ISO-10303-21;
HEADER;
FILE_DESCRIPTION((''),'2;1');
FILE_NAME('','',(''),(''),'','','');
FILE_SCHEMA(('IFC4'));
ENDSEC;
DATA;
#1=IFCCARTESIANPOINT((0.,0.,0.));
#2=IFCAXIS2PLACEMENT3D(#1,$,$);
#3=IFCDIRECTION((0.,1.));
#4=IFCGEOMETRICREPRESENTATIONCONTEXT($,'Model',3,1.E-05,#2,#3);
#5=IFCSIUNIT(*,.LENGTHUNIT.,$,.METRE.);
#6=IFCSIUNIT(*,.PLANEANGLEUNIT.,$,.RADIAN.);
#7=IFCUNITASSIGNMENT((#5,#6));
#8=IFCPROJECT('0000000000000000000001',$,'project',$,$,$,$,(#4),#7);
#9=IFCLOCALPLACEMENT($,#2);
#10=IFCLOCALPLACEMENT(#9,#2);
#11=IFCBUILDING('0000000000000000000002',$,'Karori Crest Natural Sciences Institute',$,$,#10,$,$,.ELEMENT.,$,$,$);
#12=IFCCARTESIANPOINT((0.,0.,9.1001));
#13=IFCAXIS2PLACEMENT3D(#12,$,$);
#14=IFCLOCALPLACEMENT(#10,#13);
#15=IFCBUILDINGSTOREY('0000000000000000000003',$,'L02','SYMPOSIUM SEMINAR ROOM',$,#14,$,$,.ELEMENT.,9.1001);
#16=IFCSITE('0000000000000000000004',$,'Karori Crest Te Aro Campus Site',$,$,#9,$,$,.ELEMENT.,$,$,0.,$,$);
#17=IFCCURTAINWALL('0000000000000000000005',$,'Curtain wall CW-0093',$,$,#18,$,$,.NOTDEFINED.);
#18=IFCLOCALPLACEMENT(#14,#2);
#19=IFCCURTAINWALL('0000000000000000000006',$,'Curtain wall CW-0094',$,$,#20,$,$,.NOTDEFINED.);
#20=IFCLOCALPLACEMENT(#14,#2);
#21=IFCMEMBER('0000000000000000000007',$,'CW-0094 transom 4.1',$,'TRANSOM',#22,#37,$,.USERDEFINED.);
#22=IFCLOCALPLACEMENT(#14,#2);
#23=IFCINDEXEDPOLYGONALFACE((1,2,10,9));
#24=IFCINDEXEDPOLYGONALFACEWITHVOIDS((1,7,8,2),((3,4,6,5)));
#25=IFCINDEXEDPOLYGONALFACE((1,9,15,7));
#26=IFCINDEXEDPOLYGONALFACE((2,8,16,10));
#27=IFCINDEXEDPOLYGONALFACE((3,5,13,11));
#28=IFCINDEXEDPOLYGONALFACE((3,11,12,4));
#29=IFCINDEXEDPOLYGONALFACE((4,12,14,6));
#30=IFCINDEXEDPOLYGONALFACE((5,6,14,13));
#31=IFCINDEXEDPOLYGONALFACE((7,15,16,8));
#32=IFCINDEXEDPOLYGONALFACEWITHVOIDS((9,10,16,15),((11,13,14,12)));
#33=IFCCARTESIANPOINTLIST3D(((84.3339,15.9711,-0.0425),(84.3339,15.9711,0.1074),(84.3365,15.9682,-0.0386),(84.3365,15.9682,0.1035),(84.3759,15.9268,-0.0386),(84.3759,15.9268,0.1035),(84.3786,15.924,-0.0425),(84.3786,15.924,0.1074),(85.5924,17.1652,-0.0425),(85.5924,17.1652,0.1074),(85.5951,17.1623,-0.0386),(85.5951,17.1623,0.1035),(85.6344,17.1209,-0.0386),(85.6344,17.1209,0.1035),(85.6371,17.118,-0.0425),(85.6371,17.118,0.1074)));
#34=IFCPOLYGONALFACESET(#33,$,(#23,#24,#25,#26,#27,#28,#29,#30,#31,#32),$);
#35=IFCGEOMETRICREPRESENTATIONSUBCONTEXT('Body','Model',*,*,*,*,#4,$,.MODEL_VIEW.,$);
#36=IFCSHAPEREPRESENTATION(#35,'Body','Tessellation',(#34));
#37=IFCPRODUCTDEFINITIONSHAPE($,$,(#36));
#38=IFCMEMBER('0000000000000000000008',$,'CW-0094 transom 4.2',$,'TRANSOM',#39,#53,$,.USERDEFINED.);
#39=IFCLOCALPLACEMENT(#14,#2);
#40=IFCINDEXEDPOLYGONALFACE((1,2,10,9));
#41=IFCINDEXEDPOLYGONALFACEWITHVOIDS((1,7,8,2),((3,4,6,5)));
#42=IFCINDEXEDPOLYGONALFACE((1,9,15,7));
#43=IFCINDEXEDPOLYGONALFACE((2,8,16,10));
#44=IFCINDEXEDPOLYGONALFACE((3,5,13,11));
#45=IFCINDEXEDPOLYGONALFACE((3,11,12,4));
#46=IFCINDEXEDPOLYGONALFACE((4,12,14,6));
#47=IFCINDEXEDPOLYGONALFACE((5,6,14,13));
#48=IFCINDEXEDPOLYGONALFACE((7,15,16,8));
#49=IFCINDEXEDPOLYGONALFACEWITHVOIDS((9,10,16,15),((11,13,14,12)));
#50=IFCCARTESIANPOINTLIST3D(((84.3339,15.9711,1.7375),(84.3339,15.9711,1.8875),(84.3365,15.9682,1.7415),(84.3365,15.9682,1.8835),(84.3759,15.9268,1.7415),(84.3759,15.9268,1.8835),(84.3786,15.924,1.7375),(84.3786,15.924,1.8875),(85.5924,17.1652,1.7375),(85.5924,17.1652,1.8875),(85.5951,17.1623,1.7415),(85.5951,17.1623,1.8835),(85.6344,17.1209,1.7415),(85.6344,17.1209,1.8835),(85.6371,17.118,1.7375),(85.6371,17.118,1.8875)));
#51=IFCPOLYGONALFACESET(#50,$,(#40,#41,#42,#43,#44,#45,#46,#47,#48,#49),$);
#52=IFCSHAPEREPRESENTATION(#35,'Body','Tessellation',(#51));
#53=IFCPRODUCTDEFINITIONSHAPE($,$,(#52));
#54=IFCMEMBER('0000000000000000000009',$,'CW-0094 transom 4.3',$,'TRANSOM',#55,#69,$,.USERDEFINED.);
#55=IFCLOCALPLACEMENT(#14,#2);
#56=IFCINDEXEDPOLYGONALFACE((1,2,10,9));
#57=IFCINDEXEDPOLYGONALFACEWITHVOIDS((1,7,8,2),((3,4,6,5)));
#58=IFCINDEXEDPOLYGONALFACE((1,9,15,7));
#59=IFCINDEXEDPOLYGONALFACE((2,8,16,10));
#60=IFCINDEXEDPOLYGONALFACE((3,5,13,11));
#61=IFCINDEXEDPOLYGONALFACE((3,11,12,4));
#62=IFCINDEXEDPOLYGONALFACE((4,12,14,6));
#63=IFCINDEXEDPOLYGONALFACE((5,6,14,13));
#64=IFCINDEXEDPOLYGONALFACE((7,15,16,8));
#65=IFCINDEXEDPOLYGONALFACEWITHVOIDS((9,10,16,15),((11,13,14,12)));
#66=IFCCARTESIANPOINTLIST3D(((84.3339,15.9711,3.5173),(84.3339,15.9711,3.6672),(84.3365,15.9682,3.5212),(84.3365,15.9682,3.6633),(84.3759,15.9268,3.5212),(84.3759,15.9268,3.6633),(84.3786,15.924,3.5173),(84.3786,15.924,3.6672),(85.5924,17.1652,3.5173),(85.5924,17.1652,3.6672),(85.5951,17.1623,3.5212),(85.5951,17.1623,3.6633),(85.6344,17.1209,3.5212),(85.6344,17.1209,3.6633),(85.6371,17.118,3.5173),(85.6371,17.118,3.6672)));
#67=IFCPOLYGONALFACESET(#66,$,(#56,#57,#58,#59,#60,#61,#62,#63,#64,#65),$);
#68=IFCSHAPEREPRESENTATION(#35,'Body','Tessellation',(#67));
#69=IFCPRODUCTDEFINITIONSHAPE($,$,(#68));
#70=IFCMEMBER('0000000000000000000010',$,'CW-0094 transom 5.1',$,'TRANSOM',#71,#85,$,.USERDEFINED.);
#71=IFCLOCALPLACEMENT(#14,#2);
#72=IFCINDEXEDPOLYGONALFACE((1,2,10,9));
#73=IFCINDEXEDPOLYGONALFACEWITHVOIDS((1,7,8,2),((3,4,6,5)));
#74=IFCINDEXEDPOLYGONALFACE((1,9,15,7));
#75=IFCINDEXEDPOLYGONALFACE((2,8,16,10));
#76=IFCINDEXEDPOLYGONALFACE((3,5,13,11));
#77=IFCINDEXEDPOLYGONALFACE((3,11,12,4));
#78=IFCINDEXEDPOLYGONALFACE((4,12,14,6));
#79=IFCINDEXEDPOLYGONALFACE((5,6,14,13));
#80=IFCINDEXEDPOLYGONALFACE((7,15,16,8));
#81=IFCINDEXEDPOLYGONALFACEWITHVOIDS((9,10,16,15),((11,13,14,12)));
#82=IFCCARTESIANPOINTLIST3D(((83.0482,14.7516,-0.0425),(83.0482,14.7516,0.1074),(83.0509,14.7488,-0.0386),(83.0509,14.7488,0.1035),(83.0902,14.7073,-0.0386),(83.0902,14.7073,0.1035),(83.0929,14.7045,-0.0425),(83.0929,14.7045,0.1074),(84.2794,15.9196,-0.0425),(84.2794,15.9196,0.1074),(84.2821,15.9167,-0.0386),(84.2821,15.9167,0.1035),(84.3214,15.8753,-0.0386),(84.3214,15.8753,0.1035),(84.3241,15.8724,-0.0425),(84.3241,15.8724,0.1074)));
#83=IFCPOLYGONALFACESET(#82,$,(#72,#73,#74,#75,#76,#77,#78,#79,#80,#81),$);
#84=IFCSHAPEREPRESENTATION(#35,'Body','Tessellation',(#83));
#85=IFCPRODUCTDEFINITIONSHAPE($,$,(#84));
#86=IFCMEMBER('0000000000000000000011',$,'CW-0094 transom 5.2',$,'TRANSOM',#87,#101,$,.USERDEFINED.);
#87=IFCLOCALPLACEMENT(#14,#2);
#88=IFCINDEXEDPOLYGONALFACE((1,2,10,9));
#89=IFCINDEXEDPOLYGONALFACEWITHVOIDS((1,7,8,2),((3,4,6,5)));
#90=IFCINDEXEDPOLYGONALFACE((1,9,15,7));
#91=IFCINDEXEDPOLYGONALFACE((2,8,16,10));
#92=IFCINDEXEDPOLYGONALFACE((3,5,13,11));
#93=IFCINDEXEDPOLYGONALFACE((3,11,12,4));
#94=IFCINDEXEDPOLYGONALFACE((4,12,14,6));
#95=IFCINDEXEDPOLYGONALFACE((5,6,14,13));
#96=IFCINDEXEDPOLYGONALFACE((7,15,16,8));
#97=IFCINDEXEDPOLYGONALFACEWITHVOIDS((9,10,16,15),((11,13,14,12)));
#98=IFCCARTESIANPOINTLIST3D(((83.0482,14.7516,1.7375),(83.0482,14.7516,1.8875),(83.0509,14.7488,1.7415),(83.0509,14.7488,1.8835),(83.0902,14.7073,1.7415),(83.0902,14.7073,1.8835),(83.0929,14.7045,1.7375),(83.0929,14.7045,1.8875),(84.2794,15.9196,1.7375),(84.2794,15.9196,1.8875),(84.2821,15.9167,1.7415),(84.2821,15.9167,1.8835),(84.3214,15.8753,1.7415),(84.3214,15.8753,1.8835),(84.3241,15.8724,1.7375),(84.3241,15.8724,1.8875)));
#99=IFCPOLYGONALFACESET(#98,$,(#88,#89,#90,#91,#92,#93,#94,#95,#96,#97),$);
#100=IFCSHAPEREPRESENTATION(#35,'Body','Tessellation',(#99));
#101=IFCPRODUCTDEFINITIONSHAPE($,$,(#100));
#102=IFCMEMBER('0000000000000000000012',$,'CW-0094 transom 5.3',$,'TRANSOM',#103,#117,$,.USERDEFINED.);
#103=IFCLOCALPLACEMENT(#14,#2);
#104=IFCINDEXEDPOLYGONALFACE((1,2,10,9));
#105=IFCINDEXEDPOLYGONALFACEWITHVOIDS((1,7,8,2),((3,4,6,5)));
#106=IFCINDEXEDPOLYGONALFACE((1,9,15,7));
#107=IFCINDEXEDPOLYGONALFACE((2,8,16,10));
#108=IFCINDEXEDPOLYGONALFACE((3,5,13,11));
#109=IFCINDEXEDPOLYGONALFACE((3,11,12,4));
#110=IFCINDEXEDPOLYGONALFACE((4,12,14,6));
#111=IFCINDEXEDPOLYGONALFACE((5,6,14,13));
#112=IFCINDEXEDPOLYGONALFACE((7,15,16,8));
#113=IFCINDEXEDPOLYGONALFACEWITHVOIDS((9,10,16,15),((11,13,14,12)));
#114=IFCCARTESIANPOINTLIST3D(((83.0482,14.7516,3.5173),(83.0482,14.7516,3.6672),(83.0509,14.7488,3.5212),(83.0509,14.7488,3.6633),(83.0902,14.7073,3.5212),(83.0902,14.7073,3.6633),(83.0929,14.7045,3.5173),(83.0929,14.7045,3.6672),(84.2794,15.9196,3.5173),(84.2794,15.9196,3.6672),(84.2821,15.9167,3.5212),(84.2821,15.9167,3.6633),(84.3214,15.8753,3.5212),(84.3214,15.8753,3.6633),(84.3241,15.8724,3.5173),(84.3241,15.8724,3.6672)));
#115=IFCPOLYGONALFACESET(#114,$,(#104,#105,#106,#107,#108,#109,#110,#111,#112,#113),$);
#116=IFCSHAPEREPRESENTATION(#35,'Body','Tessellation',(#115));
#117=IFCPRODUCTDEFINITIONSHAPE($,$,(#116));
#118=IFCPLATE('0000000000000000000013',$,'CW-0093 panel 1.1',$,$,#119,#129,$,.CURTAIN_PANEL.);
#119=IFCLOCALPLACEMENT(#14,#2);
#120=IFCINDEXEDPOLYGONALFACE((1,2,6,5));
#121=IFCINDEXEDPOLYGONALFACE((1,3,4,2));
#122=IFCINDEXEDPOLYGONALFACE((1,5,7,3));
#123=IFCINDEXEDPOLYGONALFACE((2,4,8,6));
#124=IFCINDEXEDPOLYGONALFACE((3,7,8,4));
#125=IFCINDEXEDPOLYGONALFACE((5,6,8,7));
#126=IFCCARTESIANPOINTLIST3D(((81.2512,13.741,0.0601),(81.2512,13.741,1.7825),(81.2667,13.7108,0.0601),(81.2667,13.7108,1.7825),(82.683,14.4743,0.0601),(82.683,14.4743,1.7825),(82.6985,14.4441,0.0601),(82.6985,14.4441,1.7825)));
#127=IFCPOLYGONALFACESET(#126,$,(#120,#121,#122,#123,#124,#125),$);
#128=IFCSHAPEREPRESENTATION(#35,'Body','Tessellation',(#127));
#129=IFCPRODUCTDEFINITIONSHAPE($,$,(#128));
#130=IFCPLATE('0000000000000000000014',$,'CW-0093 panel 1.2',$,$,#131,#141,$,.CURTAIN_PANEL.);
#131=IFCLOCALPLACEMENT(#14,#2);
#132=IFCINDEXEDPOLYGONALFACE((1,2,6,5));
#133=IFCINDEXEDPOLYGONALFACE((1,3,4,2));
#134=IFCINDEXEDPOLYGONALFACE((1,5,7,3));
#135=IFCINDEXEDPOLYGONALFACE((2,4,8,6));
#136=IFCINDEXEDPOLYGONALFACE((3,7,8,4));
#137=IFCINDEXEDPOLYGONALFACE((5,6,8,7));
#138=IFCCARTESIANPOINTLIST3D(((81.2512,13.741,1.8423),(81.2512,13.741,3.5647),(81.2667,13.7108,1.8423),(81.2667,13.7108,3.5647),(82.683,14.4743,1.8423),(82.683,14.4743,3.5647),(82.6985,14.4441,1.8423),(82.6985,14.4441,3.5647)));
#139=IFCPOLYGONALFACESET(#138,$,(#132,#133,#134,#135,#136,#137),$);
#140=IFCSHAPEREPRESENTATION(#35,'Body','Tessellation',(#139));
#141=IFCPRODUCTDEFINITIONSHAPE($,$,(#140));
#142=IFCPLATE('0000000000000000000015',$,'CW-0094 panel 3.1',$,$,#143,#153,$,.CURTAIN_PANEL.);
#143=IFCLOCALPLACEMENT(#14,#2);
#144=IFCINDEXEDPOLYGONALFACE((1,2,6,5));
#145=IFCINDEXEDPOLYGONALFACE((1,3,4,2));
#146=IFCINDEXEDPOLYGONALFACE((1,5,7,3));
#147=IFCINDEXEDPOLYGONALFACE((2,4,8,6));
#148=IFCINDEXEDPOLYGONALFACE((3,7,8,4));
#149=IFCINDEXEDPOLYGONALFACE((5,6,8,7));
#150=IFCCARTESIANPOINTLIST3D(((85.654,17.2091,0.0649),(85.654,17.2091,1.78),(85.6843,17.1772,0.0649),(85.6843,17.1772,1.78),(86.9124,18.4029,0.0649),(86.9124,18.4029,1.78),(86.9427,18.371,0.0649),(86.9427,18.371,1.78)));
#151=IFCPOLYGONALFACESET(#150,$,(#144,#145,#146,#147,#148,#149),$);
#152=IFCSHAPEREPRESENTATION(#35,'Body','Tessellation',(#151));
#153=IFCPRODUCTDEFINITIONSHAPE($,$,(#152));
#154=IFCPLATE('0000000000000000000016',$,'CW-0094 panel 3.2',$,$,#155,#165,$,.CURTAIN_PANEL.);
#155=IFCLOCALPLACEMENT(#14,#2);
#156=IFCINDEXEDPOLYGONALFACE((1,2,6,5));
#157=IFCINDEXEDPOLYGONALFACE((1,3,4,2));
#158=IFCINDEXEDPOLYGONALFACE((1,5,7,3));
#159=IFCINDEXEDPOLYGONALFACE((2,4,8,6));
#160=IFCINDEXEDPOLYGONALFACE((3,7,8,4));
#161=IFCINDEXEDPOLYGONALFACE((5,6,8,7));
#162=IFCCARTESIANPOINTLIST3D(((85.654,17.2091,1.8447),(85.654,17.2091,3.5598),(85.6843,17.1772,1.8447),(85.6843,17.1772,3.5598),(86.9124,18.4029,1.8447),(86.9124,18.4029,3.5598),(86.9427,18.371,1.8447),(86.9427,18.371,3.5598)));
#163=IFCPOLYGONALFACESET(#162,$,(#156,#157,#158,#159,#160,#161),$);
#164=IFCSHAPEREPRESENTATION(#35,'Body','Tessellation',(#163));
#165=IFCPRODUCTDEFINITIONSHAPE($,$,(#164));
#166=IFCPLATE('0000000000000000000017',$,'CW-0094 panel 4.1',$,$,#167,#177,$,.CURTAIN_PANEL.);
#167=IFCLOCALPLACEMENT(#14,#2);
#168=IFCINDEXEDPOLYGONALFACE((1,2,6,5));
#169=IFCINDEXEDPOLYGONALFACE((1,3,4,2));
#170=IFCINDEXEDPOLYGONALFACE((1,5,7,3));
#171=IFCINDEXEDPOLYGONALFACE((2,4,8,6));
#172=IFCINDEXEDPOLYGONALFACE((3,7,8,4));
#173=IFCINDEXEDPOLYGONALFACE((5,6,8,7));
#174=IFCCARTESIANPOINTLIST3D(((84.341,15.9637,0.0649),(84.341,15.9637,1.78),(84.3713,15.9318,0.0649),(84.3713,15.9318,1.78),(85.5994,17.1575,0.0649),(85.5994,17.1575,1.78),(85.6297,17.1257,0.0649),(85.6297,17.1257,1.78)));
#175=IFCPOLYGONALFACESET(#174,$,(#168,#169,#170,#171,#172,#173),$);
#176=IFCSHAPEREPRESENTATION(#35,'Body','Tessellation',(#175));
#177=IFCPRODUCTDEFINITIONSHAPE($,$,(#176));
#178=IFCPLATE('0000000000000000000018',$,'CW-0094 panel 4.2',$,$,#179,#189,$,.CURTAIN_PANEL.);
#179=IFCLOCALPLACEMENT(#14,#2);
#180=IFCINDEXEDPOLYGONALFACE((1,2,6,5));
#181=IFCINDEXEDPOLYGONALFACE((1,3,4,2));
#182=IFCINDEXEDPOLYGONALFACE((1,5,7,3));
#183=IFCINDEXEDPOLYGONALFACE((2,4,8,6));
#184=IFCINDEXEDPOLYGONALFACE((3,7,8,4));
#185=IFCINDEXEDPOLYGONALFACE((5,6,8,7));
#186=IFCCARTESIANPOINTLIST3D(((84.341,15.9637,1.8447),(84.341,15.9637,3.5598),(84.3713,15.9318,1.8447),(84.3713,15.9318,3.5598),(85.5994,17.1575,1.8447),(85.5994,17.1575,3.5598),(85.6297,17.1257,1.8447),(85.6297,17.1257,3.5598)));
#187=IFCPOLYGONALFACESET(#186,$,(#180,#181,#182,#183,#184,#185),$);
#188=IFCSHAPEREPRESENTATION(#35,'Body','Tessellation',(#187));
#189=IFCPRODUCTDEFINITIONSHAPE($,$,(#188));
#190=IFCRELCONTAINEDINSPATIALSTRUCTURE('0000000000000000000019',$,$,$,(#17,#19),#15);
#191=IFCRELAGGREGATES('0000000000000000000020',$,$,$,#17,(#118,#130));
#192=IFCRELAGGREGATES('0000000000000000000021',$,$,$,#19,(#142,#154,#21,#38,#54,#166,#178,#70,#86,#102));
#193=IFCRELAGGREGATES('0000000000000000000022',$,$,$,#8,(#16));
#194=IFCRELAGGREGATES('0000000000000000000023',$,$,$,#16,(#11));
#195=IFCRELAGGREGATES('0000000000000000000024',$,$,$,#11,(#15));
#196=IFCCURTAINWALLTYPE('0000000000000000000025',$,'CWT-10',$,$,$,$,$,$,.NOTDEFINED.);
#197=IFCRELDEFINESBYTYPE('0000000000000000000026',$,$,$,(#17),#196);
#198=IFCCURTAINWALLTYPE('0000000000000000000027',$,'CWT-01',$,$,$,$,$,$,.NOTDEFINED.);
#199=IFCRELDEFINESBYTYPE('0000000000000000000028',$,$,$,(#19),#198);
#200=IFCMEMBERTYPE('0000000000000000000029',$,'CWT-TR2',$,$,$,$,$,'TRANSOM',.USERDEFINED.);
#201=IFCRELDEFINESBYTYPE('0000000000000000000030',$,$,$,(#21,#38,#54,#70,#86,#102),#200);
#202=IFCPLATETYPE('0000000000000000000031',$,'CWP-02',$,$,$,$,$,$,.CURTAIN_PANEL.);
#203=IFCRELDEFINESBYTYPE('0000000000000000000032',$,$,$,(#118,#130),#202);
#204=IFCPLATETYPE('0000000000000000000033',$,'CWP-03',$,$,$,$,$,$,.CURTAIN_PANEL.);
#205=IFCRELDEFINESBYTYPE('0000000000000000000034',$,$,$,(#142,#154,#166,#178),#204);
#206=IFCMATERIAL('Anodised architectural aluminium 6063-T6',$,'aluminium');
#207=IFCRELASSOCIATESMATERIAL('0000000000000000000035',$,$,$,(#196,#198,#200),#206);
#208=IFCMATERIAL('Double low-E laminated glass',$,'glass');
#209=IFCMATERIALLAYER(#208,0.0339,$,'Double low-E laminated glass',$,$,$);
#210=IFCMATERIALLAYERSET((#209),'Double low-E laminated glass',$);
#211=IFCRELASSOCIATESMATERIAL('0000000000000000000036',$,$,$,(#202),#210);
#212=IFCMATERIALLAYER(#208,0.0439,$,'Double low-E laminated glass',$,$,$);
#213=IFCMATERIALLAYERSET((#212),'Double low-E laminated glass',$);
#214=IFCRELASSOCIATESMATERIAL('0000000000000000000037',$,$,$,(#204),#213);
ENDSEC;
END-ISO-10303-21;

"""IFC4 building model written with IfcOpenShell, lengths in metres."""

from ifc_helpers import new_model, si_unit, direction, frame, origin, origin_2d, place, context, subcontext, project, spatial, rectangle, hollow_rectangle, extrude, material, layer, layer_set, material_profile, profile_set, type_object, element, aggregate, save


model = new_model("IFC4")

# Units and contexts
model_context = context("Model", 3, precision=1e-05, world=origin(), true_north=direction((0.0, 1.0)))
body_context = subcontext(model_context, "Body", "Model", "MODEL_VIEW")
ifc_project = project(units=[si_unit("LENGTHUNIT", "METRE"), si_unit("PLANEANGLEUNIT", "RADIAN")], contexts=[model_context])

# Site, building, storey
site_placement = place(None, origin())
site = spatial("IfcSite", under=ifc_project, at=site_placement, Name="Karori Crest Te Aro Campus Site", CompositionType="ELEMENT", RefElevation=0.0)
building_placement = place(site_placement, origin())
building = spatial("IfcBuilding", under=site, at=building_placement, Name="Karori Crest Natural Sciences Institute", CompositionType="ELEMENT")
storey_placement = place(building_placement, frame((0.0, 0.0, 9.1001)))
storey = spatial("IfcBuildingStorey", under=building, at=storey_placement, Name="L02", Description="SYMPOSIUM SEMINAR ROOM", CompositionType="ELEMENT", Elevation=9.1001)

# Curtain walls
ifc_material_1 = material(Name="Anodised architectural aluminium 6063-T6", Category="aluminium")
curtain_wall_type_1 = type_object("IfcCurtainWallType", Name="CWT-10", PredefinedType="NOTDEFINED", material=ifc_material_1)
curtain_wall_1_placement = place(storey_placement, origin())
curtain_wall_1 = element("IfcCurtainWall", 1, at=curtain_wall_1_placement, inside=storey, type_object=curtain_wall_type_1, Name="Curtain wall CW-0093", PredefinedType="NOTDEFINED")
curtain_wall_type_2 = type_object("IfcCurtainWallType", Name="CWT-01", PredefinedType="NOTDEFINED", material=ifc_material_1)
curtain_wall_2_placement = place(storey_placement, origin())
curtain_wall_2 = element("IfcCurtainWall", 2, at=curtain_wall_2_placement, inside=storey, type_object=curtain_wall_type_2, Name="Curtain wall CW-0094", PredefinedType="NOTDEFINED")

# Members
ifc_material_profile_1 = material_profile(ifc_material_1, hollow_rectangle(XDim=0.0649, YDim=0.1499, WallThickness=0.0039, at=origin_2d()), Name="CWT150x65x4")
ifc_profile_set_1 = profile_set([ifc_material_profile_1], Name="Anodised architectural aluminium 6063-T6")
member_type_1 = type_object("IfcMemberType", Name="CWT-TR2", ElementType="TRANSOM", PredefinedType="USERDEFINED", material=ifc_profile_set_1)
member_1_placement = place(storey_placement, frame((85.6147, 17.1416, 0.0325), z_axis=(-0.725438, -0.688287, 0.0), x_axis=(0.688287, -0.725438, 0.0)))
member_1 = element("IfcMember", 3, at=member_1_placement, type_object=member_type_1, Name="CW-0094 transom 4.1", ObjectType="TRANSOM", PredefinedType="USERDEFINED", context=body_context, shape_type="SweptSolid", body=[
    extrude(hollow_rectangle(XDim=0.0649, YDim=0.1499, WallThickness=0.0039, at=origin_2d()), origin(), (0.0, 0.0, 1.0), 1.7349),
])
member_2_placement = place(storey_placement, frame((85.6147, 17.1416, 1.8125), z_axis=(-0.725438, -0.688287, 0.0), x_axis=(0.688287, -0.725438, 0.0)))
member_2 = element("IfcMember", 4, at=member_2_placement, type_object=member_type_1, Name="CW-0094 transom 4.2", ObjectType="TRANSOM", PredefinedType="USERDEFINED", context=body_context, shape_type="SweptSolid", body=[
    extrude(hollow_rectangle(XDim=0.0649, YDim=0.1499, WallThickness=0.0039, at=origin_2d()), origin(), (0.0, 0.0, 1.0), 1.7349),
])
member_3_placement = place(storey_placement, frame((85.6147, 17.1416, 3.5923), z_axis=(-0.725438, -0.688287, 0.0), x_axis=(0.688287, -0.725438, 0.0)))
member_3 = element("IfcMember", 5, at=member_3_placement, type_object=member_type_1, Name="CW-0094 transom 4.3", ObjectType="TRANSOM", PredefinedType="USERDEFINED", context=body_context, shape_type="SweptSolid", body=[
    extrude(hollow_rectangle(XDim=0.0649, YDim=0.1499, WallThickness=0.0039, at=origin_2d()), origin(), (0.0, 0.0, 1.0), 1.7349),
])
member_4_placement = place(storey_placement, frame((84.3018, 15.896, 0.0325), z_axis=(-0.725491, -0.688231, 0.0), x_axis=(0.688231, -0.725491, 0.0)))
member_4 = element("IfcMember", 6, at=member_4_placement, type_object=member_type_1, Name="CW-0094 transom 5.1", ObjectType="TRANSOM", PredefinedType="USERDEFINED", context=body_context, shape_type="SweptSolid", body=[
    extrude(hollow_rectangle(XDim=0.0649, YDim=0.1499, WallThickness=0.0039, at=origin_2d()), origin(), (0.0, 0.0, 1.0), 1.697),
])
member_5_placement = place(storey_placement, frame((84.3018, 15.896, 1.8125), z_axis=(-0.725491, -0.688231, 0.0), x_axis=(0.688231, -0.725491, 0.0)))
member_5 = element("IfcMember", 7, at=member_5_placement, type_object=member_type_1, Name="CW-0094 transom 5.2", ObjectType="TRANSOM", PredefinedType="USERDEFINED", context=body_context, shape_type="SweptSolid", body=[
    extrude(hollow_rectangle(XDim=0.0649, YDim=0.1499, WallThickness=0.0039, at=origin_2d()), origin(), (0.0, 0.0, 1.0), 1.697),
])
member_6_placement = place(storey_placement, frame((84.3018, 15.896, 3.5923), z_axis=(-0.725491, -0.688231, 0.0), x_axis=(0.688231, -0.725491, 0.0)))
member_6 = element("IfcMember", 8, at=member_6_placement, type_object=member_type_1, Name="CW-0094 transom 5.3", ObjectType="TRANSOM", PredefinedType="USERDEFINED", context=body_context, shape_type="SweptSolid", body=[
    extrude(hollow_rectangle(XDim=0.0649, YDim=0.1499, WallThickness=0.0039, at=origin_2d()), origin(), (0.0, 0.0, 1.0), 1.697),
])

# Plates
ifc_material_2 = material(Name="Double low-E laminated glass", Category="glass")
ifc_layer_1 = layer(ifc_material_2, 0.0339, Name="Double low-E laminated glass")
ifc_layer_set_1 = layer_set([ifc_layer_1], Name="Double low-E laminated glass")
plate_type_1 = type_object("IfcPlateType", Name="CWP-02", PredefinedType="CURTAIN_PANEL", material=ifc_layer_set_1)
plate_1_placement = place(storey_placement, frame((81.9749, 14.0925, 0.0601), z_axis=(0.0, 0.0, 1.0), x_axis=(-0.890065, -0.455833, 0.0)))
plate_1 = element("IfcPlate", 9, at=plate_1_placement, type_object=plate_type_1, Name="CW-0093 panel 1.1", PredefinedType="CURTAIN_PANEL", context=body_context, shape_type="SweptSolid", body=[
    extrude(rectangle(XDim=1.6086, YDim=0.0339, at=origin_2d()), origin(), (0.0, 0.0, 1.0), 1.7224),
])
plate_2_placement = place(storey_placement, frame((81.9749, 14.0925, 1.8423), z_axis=(0.0, 0.0, 1.0), x_axis=(-0.890065, -0.455833, 0.0)))
plate_2 = element("IfcPlate", 10, at=plate_2_placement, type_object=plate_type_1, Name="CW-0093 panel 1.2", PredefinedType="CURTAIN_PANEL", context=body_context, shape_type="SweptSolid", body=[
    extrude(rectangle(XDim=1.6086, YDim=0.0339, at=origin_2d()), origin(), (0.0, 0.0, 1.0), 1.7224),
])
aggregate(curtain_wall_1, [plate_1, plate_2])
ifc_layer_2 = layer(ifc_material_2, 0.0439, Name="Double low-E laminated glass")
ifc_layer_set_2 = layer_set([ifc_layer_2], Name="Double low-E laminated glass")
plate_type_2 = type_object("IfcPlateType", Name="CWP-03", PredefinedType="CURTAIN_PANEL", material=ifc_layer_set_2)
plate_3_placement = place(storey_placement, frame((86.2983, 17.79, 0.0649), z_axis=(0.0, 0.0, 1.0), x_axis=(-0.725473, -0.688251, 0.0)))
plate_3 = element("IfcPlate", 11, at=plate_3_placement, type_object=plate_type_2, Name="CW-0094 panel 3.1", PredefinedType="CURTAIN_PANEL", context=body_context, shape_type="SweptSolid", body=[
    extrude(rectangle(XDim=1.7346, YDim=0.0439, at=origin_2d()), origin(), (0.0, 0.0, 1.0), 1.7151),
])
plate_4_placement = place(storey_placement, frame((86.2983, 17.79, 1.8447), z_axis=(0.0, 0.0, 1.0), x_axis=(-0.725473, -0.688251, 0.0)))
plate_4 = element("IfcPlate", 12, at=plate_4_placement, type_object=plate_type_2, Name="CW-0094 panel 3.2", PredefinedType="CURTAIN_PANEL", context=body_context, shape_type="SweptSolid", body=[
    extrude(rectangle(XDim=1.7346, YDim=0.0439, at=origin_2d()), origin(), (0.0, 0.0, 1.0), 1.7151),
])
plate_5_placement = place(storey_placement, frame((84.9854, 16.5447, 0.0649), z_axis=(0.0, 0.0, 1.0), x_axis=(-0.725473, -0.688251, 0.0)))
plate_5 = element("IfcPlate", 13, at=plate_5_placement, type_object=plate_type_2, Name="CW-0094 panel 4.1", PredefinedType="CURTAIN_PANEL", context=body_context, shape_type="SweptSolid", body=[
    extrude(rectangle(XDim=1.7346, YDim=0.0439, at=origin_2d()), origin(), (0.0, 0.0, 1.0), 1.7151),
])
plate_6_placement = place(storey_placement, frame((84.9854, 16.5447, 1.8447), z_axis=(0.0, 0.0, 1.0), x_axis=(-0.725473, -0.688251, 0.0)))
plate_6 = element("IfcPlate", 14, at=plate_6_placement, type_object=plate_type_2, Name="CW-0094 panel 4.2", PredefinedType="CURTAIN_PANEL", context=body_context, shape_type="SweptSolid", body=[
    extrude(rectangle(XDim=1.7346, YDim=0.0439, at=origin_2d()), origin(), (0.0, 0.0, 1.0), 1.7151),
])
aggregate(curtain_wall_2, [plate_3, plate_4, member_1, member_2, member_3, plate_5, plate_6, member_4, member_5, member_6])

save(model, "model.ifc")
